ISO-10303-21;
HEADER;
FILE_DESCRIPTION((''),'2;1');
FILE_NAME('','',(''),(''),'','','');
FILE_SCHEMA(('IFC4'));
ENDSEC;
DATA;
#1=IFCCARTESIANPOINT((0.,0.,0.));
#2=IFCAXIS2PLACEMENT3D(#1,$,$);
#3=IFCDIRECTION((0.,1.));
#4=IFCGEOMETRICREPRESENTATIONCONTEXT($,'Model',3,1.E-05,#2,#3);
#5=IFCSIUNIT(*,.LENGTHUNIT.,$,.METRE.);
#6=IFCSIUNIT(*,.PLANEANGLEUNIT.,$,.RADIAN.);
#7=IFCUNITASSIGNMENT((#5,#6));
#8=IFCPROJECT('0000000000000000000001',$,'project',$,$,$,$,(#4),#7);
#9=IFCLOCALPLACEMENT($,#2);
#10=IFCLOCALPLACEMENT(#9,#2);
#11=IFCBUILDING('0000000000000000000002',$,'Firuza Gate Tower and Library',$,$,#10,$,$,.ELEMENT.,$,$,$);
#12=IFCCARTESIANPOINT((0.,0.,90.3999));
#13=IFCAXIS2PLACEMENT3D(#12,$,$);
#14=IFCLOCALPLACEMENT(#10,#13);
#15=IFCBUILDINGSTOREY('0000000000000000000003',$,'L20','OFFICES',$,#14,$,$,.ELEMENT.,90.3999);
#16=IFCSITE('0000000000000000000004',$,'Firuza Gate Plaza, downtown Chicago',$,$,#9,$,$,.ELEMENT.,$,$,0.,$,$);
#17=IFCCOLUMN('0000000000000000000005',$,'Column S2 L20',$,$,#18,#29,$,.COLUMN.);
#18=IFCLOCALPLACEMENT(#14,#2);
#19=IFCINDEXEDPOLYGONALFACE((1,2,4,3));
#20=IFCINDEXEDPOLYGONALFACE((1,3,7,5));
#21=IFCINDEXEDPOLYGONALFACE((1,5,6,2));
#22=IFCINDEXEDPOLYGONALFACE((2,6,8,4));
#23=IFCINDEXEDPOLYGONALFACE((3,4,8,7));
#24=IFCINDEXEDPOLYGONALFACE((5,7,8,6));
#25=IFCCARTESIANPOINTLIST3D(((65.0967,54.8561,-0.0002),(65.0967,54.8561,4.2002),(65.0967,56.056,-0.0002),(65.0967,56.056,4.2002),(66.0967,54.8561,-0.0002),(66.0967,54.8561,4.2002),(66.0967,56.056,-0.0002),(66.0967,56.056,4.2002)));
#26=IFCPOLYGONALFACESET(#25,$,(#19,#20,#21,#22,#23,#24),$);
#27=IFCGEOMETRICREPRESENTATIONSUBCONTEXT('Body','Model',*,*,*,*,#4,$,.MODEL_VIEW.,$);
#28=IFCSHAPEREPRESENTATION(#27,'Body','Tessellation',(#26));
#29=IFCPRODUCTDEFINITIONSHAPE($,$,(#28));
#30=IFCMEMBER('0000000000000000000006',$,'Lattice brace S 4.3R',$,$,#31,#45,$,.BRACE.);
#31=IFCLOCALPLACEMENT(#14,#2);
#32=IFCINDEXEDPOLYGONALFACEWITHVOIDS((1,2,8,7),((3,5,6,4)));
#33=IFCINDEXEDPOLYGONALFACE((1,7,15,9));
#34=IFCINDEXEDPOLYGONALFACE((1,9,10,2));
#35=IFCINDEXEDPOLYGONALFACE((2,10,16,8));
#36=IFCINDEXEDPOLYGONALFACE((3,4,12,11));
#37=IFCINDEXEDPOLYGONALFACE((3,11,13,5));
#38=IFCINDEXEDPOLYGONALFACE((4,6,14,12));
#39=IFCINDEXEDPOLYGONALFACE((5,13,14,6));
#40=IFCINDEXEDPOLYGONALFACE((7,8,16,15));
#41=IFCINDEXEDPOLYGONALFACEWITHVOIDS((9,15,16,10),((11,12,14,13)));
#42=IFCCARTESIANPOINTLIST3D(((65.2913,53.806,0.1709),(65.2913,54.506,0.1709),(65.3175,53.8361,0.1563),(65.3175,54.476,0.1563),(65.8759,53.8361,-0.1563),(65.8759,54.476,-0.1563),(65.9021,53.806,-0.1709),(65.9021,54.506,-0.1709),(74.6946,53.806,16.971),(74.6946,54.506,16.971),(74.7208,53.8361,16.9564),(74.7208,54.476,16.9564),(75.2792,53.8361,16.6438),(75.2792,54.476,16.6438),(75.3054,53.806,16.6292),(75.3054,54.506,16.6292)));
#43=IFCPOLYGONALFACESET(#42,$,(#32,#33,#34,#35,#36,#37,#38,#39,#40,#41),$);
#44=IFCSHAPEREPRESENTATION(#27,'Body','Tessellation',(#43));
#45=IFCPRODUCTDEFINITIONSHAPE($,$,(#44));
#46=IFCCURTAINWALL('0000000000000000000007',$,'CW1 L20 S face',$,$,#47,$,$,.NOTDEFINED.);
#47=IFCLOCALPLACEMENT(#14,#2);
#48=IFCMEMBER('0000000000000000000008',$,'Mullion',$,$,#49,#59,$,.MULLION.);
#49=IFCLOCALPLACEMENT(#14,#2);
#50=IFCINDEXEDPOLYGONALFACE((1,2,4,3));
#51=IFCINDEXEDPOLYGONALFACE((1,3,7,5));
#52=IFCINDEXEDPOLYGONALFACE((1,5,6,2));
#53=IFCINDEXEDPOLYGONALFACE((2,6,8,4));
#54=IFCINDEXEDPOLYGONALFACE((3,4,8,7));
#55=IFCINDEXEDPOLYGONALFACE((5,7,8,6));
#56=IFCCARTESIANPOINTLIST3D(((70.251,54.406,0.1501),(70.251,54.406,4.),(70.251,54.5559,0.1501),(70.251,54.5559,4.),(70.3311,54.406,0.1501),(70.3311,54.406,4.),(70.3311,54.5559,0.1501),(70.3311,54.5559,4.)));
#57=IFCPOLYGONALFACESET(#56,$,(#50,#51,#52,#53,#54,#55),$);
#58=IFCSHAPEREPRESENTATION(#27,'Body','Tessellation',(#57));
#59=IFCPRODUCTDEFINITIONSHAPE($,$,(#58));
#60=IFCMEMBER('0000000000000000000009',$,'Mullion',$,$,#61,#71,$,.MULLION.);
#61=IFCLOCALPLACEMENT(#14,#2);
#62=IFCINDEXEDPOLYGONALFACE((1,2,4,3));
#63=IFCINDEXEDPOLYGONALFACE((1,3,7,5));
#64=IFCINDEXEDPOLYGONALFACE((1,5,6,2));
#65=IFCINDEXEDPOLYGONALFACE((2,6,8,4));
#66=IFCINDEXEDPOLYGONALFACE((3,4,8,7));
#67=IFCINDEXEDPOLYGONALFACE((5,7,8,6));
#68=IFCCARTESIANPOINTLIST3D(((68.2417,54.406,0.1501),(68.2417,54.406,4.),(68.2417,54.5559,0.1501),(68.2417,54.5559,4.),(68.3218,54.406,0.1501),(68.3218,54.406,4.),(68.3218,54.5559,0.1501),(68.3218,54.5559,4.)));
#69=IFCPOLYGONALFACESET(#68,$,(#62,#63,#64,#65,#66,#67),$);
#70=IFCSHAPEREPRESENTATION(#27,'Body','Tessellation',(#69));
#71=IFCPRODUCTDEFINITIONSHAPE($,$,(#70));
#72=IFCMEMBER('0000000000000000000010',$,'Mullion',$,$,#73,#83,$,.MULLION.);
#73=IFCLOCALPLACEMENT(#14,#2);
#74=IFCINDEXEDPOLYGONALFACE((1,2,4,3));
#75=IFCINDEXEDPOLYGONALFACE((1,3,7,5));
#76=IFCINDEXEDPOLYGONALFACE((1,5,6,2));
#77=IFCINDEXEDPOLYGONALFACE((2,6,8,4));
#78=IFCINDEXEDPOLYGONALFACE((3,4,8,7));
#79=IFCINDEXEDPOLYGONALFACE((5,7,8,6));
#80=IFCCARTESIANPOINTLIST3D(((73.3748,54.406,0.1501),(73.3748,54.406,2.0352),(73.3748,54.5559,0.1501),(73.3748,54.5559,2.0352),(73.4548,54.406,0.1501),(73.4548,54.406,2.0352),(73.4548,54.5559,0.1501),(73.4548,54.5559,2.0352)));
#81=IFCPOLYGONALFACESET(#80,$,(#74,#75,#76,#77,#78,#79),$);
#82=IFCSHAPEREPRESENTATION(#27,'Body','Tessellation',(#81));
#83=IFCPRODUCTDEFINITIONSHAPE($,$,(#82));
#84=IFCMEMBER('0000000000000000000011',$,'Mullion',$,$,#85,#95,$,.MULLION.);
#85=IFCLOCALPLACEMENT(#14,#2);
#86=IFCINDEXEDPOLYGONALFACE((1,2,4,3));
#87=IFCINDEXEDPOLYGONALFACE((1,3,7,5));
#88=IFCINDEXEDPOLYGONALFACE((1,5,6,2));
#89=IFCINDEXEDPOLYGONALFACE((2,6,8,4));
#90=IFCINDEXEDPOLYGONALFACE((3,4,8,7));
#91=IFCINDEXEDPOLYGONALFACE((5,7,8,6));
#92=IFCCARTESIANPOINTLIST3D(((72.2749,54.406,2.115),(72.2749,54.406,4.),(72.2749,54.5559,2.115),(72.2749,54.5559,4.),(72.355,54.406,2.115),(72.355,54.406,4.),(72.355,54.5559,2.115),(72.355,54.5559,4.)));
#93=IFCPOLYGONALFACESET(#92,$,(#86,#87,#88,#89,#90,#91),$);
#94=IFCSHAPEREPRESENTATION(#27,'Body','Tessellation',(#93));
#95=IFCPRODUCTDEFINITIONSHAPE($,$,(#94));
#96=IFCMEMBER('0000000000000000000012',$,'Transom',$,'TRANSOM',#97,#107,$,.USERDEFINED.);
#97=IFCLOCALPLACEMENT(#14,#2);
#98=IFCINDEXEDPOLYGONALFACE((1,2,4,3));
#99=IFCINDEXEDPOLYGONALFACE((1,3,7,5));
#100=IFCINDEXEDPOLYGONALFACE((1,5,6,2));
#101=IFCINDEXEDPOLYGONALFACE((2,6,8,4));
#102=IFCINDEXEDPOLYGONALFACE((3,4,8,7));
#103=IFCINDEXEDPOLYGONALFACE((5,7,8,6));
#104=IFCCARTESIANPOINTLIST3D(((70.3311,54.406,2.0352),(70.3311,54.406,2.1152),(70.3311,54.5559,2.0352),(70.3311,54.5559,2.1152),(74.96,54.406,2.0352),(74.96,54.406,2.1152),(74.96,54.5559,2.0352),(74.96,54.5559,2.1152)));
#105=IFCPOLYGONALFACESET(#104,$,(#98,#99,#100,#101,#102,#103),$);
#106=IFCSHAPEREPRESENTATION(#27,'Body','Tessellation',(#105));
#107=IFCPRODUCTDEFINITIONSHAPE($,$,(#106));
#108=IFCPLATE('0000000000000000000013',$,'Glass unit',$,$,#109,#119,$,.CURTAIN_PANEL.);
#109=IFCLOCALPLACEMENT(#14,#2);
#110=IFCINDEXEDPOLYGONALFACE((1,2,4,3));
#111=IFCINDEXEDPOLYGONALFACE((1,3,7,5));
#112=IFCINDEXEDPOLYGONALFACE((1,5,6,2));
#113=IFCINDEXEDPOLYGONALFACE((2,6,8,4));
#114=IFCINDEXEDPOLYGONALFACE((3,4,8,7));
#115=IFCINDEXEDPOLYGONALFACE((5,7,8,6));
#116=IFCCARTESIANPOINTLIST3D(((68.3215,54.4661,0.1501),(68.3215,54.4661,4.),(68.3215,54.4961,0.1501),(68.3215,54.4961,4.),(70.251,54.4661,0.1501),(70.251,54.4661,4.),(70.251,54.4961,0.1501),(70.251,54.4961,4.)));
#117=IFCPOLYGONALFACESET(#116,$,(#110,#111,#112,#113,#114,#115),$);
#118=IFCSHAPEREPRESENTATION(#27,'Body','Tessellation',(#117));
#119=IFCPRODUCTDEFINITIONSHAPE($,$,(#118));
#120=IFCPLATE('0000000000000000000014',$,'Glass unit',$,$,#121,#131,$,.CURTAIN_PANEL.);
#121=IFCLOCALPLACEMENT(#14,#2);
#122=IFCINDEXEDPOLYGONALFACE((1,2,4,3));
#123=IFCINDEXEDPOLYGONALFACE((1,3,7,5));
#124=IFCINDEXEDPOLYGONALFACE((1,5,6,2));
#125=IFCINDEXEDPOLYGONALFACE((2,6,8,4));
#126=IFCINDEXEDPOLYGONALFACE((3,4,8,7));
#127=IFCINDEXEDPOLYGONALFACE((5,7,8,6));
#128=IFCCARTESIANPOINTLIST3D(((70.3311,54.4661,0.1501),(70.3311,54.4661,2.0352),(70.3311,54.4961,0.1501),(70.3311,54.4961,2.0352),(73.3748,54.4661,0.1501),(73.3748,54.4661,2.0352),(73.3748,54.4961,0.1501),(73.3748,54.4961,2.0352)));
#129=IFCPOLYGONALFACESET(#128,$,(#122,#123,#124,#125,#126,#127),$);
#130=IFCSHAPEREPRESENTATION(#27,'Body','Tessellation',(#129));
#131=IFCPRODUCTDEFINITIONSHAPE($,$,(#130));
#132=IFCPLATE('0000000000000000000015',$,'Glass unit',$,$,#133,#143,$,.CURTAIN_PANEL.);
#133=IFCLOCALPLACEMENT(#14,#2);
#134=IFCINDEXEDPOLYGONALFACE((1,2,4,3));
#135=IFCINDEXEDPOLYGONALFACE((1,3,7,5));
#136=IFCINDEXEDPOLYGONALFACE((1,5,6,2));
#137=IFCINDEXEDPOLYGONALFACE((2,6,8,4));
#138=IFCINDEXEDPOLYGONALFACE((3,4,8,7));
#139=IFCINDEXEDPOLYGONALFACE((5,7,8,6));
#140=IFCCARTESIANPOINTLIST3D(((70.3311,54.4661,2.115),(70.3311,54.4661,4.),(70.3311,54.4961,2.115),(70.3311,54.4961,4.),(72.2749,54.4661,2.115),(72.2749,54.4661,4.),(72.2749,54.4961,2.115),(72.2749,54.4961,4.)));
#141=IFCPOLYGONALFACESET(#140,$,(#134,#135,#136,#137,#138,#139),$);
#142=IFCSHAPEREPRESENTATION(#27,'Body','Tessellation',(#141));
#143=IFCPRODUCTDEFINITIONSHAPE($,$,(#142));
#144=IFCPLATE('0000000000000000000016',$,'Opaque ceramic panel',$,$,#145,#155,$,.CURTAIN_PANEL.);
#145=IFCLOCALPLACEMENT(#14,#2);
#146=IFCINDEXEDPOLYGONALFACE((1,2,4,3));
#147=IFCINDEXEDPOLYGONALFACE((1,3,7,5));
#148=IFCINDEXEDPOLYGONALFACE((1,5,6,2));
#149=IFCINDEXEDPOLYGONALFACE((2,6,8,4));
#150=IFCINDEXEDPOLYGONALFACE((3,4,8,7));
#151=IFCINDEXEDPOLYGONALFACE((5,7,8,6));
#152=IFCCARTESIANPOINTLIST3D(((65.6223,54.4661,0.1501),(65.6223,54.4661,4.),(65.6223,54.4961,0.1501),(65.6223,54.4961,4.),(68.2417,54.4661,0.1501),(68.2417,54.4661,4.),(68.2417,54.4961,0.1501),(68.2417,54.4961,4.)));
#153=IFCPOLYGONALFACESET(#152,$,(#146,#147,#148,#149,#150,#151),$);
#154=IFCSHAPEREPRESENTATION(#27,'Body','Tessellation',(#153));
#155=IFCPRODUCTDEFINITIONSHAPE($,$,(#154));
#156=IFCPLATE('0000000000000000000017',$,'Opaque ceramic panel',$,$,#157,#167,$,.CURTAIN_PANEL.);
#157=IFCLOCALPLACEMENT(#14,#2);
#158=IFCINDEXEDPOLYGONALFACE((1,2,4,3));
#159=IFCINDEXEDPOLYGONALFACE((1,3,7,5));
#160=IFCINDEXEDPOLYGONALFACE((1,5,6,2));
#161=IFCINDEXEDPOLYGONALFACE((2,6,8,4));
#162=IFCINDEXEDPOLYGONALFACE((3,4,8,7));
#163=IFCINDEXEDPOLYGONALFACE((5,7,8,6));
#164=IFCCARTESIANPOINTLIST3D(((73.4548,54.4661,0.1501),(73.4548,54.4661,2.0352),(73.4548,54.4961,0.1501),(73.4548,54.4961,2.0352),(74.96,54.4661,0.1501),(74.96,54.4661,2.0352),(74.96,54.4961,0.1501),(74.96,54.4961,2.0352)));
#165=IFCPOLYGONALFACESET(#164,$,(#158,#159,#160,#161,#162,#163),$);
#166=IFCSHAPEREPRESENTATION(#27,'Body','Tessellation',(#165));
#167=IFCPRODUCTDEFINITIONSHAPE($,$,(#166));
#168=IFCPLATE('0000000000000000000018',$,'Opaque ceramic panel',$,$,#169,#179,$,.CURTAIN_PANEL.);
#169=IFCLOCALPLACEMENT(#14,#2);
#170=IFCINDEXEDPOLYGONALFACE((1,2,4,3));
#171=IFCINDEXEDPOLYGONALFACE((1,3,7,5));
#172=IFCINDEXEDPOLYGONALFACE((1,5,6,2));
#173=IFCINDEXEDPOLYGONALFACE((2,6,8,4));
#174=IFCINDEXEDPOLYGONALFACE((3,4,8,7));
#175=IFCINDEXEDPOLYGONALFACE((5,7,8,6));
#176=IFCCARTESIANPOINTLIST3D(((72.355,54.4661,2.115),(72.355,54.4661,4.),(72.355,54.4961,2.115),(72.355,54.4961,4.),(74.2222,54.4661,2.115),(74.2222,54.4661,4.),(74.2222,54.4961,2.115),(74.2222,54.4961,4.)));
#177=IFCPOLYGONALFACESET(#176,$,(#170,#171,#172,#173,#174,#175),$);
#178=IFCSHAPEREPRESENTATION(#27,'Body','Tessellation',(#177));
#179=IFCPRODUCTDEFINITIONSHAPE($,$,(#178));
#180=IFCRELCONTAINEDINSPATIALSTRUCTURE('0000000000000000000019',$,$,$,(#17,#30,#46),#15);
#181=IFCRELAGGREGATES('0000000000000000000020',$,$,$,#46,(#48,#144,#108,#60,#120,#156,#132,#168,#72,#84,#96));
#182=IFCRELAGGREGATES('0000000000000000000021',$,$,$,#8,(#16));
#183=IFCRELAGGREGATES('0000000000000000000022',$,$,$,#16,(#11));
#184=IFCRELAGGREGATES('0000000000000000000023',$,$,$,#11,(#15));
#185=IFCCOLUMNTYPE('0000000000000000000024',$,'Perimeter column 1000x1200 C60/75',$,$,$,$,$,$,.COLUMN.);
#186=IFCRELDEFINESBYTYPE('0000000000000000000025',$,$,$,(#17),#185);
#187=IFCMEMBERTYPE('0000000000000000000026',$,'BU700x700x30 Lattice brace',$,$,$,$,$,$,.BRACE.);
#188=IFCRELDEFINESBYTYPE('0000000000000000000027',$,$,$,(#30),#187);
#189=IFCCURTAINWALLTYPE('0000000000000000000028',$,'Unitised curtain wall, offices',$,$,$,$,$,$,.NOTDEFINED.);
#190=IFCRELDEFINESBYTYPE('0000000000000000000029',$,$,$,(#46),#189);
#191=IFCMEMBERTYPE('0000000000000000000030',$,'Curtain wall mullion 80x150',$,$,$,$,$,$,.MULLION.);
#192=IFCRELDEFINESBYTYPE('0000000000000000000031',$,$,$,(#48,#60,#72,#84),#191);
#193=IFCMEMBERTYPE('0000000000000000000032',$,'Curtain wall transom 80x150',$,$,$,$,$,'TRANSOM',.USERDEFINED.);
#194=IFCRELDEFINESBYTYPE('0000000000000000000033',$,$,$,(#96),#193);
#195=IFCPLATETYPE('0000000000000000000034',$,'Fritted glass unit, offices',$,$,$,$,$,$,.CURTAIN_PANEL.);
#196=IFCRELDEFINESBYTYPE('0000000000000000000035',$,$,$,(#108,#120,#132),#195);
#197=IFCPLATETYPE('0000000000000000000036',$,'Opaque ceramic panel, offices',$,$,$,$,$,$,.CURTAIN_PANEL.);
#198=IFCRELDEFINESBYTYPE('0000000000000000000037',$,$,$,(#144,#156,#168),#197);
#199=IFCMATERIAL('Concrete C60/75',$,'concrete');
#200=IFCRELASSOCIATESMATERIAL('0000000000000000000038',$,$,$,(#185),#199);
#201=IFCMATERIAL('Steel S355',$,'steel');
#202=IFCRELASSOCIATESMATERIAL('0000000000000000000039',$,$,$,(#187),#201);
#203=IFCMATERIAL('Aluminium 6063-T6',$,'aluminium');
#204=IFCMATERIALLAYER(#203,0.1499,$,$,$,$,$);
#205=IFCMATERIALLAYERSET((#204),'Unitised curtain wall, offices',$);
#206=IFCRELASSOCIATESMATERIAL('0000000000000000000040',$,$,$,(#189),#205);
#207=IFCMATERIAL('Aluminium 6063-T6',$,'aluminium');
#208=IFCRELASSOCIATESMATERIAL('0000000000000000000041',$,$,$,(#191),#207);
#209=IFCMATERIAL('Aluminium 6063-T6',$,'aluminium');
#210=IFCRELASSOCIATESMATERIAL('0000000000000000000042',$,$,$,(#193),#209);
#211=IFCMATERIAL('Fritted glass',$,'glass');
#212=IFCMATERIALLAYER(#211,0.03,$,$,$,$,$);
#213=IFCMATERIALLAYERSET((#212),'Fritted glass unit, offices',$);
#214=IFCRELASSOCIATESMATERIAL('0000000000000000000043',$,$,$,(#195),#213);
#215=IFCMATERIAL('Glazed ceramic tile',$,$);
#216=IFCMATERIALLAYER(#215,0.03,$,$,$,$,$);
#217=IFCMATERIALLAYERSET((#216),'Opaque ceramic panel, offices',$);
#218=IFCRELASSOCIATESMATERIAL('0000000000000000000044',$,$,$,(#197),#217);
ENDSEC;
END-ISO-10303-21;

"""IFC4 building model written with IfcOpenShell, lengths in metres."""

from ifc_helpers import new_model, si_unit, direction, frame, origin, origin_2d, place, context, subcontext, project, spatial, polyline, rectangle, hollow_rectangle, outline, extrude, material, layer, layer_set, material_profile, profile_set, type_object, element, aggregate, save


model = new_model("IFC4")

# Units and contexts
model_context = context("Model", 3, precision=1e-05, world=origin(), true_north=direction((0.0, 1.0)))
body_context = subcontext(model_context, "Body", "Model", "MODEL_VIEW")
ifc_project = project(units=[si_unit("LENGTHUNIT", "METRE"), si_unit("PLANEANGLEUNIT", "RADIAN")], contexts=[model_context])

# Site, building, storey
site_placement = place(None, origin())
site = spatial("IfcSite", under=ifc_project, at=site_placement, Name="Firuza Gate Plaza, downtown Chicago", CompositionType="ELEMENT", RefElevation=0.0)
building_placement = place(site_placement, origin())
building = spatial("IfcBuilding", under=site, at=building_placement, Name="Firuza Gate Tower and Library", CompositionType="ELEMENT")
storey_placement = place(building_placement, frame((0.0, 0.0, 90.3999)))
storey = spatial("IfcBuildingStorey", under=building, at=storey_placement, Name="L20", Description="OFFICES", CompositionType="ELEMENT", Elevation=90.3999)

# Column
ifc_material_1 = material(Name="Concrete C60/75", Category="concrete")
ifc_material_profile_1 = material_profile(ifc_material_1, rectangle(XDim=1.0, YDim=1.2, at=origin_2d()))
ifc_profile_set_1 = profile_set([ifc_material_profile_1], Name="Concrete C60/75")
column_type = type_object("IfcColumnType", Name="Perimeter column 1000x1200 C60/75", PredefinedType="COLUMN", material=ifc_profile_set_1)
column_placement = place(storey_placement, frame((65.5967, 55.4561, -0.0002), z_axis=(0.0, 0.0, 1.0), x_axis=(1.0, 0.0, 0.0)))
element("IfcColumn", 1, at=column_placement, inside=storey, type_object=column_type, Name="Column S2 L20", PredefinedType="COLUMN", context=body_context, shape_type="SweptSolid", body=[
    extrude(rectangle(XDim=1.0, YDim=1.2, at=origin_2d()), origin(), (0.0, 0.0, 1.0), 4.2004),
])

# Member
ifc_material_2 = material(Name="Steel S355", Category="steel")
ifc_material_profile_2 = material_profile(ifc_material_2, hollow_rectangle(XDim=0.7, YDim=0.7, WallThickness=0.03, at=origin_2d()))
ifc_profile_set_2 = profile_set([ifc_material_profile_2], Name="Steel S355")
member_type_1 = type_object("IfcMemberType", Name="BU700x700x30 Lattice brace", PredefinedType="BRACE", material=ifc_profile_set_2)
member_1_placement = place(storey_placement, frame((65.5967, 54.156, 0.0), z_axis=(0.488417, 0.0, 0.87261), x_axis=(0.0, 1.0, 0.0)))
element("IfcMember", 2, at=member_1_placement, inside=storey, type_object=member_type_1, Name="Lattice brace S 4.3R", PredefinedType="BRACE", context=body_context, shape_type="SweptSolid", body=[
    extrude(hollow_rectangle(XDim=0.7, YDim=0.7, WallThickness=0.03, at=origin_2d()), origin(), (0.0, 0.0, 1.0), 19.2527),
])

# Curtain wall, members, plates
ifc_material_3 = material(Name="Aluminium 6063-T6", Category="aluminium")
ifc_layer_1 = layer(ifc_material_3, 0.1499)
ifc_layer_set_1 = layer_set([ifc_layer_1], Name="Unitised curtain wall, offices")
curtain_wall_type = type_object("IfcCurtainWallType", Name="Unitised curtain wall, offices", PredefinedType="NOTDEFINED", material=ifc_layer_set_1)
curtain_wall_placement = place(storey_placement, origin())
curtain_wall = element("IfcCurtainWall", 3, at=curtain_wall_placement, inside=storey, type_object=curtain_wall_type, Name="CW1 L20 S face", PredefinedType="NOTDEFINED")
ifc_material_4 = material(Name="Aluminium 6063-T6", Category="aluminium")
ifc_material_profile_3 = material_profile(ifc_material_4, rectangle(XDim=0.1499, YDim=0.0801, at=origin_2d()))
ifc_profile_set_3 = profile_set([ifc_material_profile_3], Name="Aluminium 6063-T6")
member_type_2 = type_object("IfcMemberType", Name="Curtain wall mullion 80x150", PredefinedType="MULLION", material=ifc_profile_set_3)
member_2_placement = place(storey_placement, frame((70.291, 54.481, 0.1501), z_axis=(0.0, 0.0, 1.0), x_axis=(0.0, 1.0, 0.0)))
member_2 = element("IfcMember", 4, at=member_2_placement, type_object=member_type_2, Name="Mullion", PredefinedType="MULLION", context=body_context, shape_type="SweptSolid", body=[
    extrude(rectangle(XDim=0.1499, YDim=0.0801, at=origin_2d()), origin(), (0.0, 0.0, 1.0), 3.8499),
])
member_3_placement = place(storey_placement, frame((68.2817, 54.481, 0.1501), z_axis=(0.0, 0.0, 1.0), x_axis=(0.0, 1.0, 0.0)))
member_3 = element("IfcMember", 5, at=member_3_placement, type_object=member_type_2, Name="Mullion", PredefinedType="MULLION", context=body_context, shape_type="SweptSolid", body=[
    extrude(rectangle(XDim=0.1499, YDim=0.0801, at=origin_2d()), origin(), (0.0, 0.0, 1.0), 3.8499),
])
member_4_placement = place(storey_placement, frame((73.4148, 54.481, 0.1501), z_axis=(0.0, 0.0, 1.0), x_axis=(0.0, 1.0, 0.0)))
member_4 = element("IfcMember", 6, at=member_4_placement, type_object=member_type_2, Name="Mullion", PredefinedType="MULLION", context=body_context, shape_type="SweptSolid", body=[
    extrude(rectangle(XDim=0.1499, YDim=0.0801, at=origin_2d()), origin(), (0.0, 0.0, 1.0), 1.885),
])
member_5_placement = place(storey_placement, frame((72.3149, 54.481, 2.115), z_axis=(0.0, 0.0, 1.0), x_axis=(0.0, 1.0, 0.0)))
member_5 = element("IfcMember", 7, at=member_5_placement, type_object=member_type_2, Name="Mullion", PredefinedType="MULLION", context=body_context, shape_type="SweptSolid", body=[
    extrude(rectangle(XDim=0.1499, YDim=0.0801, at=origin_2d()), origin(), (0.0, 0.0, 1.0), 1.885),
])
ifc_material_5 = material(Name="Aluminium 6063-T6", Category="aluminium")
ifc_material_profile_4 = material_profile(ifc_material_5, rectangle(XDim=0.1499, YDim=0.0801, at=origin_2d()))
ifc_profile_set_4 = profile_set([ifc_material_profile_4], Name="Aluminium 6063-T6")
member_type_3 = type_object("IfcMemberType", Name="Curtain wall transom 80x150", ElementType="TRANSOM", PredefinedType="USERDEFINED", material=ifc_profile_set_4)
member_6_placement = place(storey_placement, frame((70.3311, 54.481, 2.0752), z_axis=(1.0, 0.0, 0.0), x_axis=(0.0, 1.0, 0.0)))
member_6 = element("IfcMember", 8, at=member_6_placement, type_object=member_type_3, Name="Transom", ObjectType="TRANSOM", PredefinedType="USERDEFINED", context=body_context, shape_type="SweptSolid", body=[
    extrude(rectangle(XDim=0.1499, YDim=0.0801, at=origin_2d()), origin(), (0.0, 0.0, 1.0), 4.6289),
])
ifc_material_6 = material(Name="Fritted glass", Category="glass")
ifc_layer_2 = layer(ifc_material_6, 0.03)
ifc_layer_set_2 = layer_set([ifc_layer_2], Name="Fritted glass unit, offices")
plate_type_1 = type_object("IfcPlateType", Name="Fritted glass unit, offices", PredefinedType="CURTAIN_PANEL", material=ifc_layer_set_2)
plate_1_placement = place(storey_placement, frame((68.3215, 54.4661, 0.1501), z_axis=(0.0, -1.0, 0.0), x_axis=(1.0, 0.0, 0.0)))
plate_1 = element("IfcPlate", 9, at=plate_1_placement, type_object=plate_type_1, Name="Glass unit", PredefinedType="CURTAIN_PANEL", context=body_context, shape_type="SweptSolid", body=[
    extrude(outline(polyline([(0.0, 0.0), (1.9294, 0.0), (1.9294, 3.8499), (0.0, 3.8499), (0.0, 0.0)])), origin(), (0.0, 0.0, -1.0), 0.03),
])
plate_2_placement = place(storey_placement, frame((70.3311, 54.4661, 0.1501), z_axis=(0.0, -1.0, 0.0), x_axis=(1.0, 0.0, 0.0)))
plate_2 = element("IfcPlate", 10, at=plate_2_placement, type_object=plate_type_1, Name="Glass unit", PredefinedType="CURTAIN_PANEL", context=body_context, shape_type="SweptSolid", body=[
    extrude(outline(polyline([(0.0, 0.0), (3.0437, 0.0), (3.0437, 1.885), (0.0, 1.885), (0.0, 0.0)])), origin(), (0.0, 0.0, -1.0), 0.03),
])
plate_3_placement = place(storey_placement, frame((70.3311, 54.4661, 2.115), z_axis=(0.0, -1.0, 0.0), x_axis=(1.0, 0.0, 0.0)))
plate_3 = element("IfcPlate", 11, at=plate_3_placement, type_object=plate_type_1, Name="Glass unit", PredefinedType="CURTAIN_PANEL", context=body_context, shape_type="SweptSolid", body=[
    extrude(outline(polyline([(0.0, 0.0), (1.9438, 0.0), (1.9438, 1.885), (0.0, 1.885), (0.0, 0.0)])), origin(), (0.0, 0.0, -1.0), 0.03),
])
ifc_material_7 = material(Name="Glazed ceramic tile")
ifc_layer_3 = layer(ifc_material_7, 0.03)
ifc_layer_set_3 = layer_set([ifc_layer_3], Name="Opaque ceramic panel, offices")
plate_type_2 = type_object("IfcPlateType", Name="Opaque ceramic panel, offices", PredefinedType="CURTAIN_PANEL", material=ifc_layer_set_3)
plate_4_placement = place(storey_placement, frame((65.6223, 54.4661, 0.1501), z_axis=(0.0, -1.0, 0.0), x_axis=(1.0, 0.0, 0.0)))
plate_4 = element("IfcPlate", 12, at=plate_4_placement, type_object=plate_type_2, Name="Opaque ceramic panel", PredefinedType="CURTAIN_PANEL", context=body_context, shape_type="SweptSolid", body=[
    extrude(outline(polyline([(0.0, 0.0), (2.6194, 0.0), (2.6194, 3.8499), (0.0, 3.8499), (0.0, 0.0)])), origin(), (0.0, 0.0, -1.0), 0.03),
])
plate_5_placement = place(storey_placement, frame((73.4548, 54.4661, 0.1501), z_axis=(0.0, -1.0, 0.0), x_axis=(1.0, 0.0, 0.0)))
plate_5 = element("IfcPlate", 13, at=plate_5_placement, type_object=plate_type_2, Name="Opaque ceramic panel", PredefinedType="CURTAIN_PANEL", context=body_context, shape_type="SweptSolid", body=[
    extrude(outline(polyline([(0.0, 0.0), (1.5051, 0.0), (1.5051, 1.885), (0.0, 1.885), (0.0, 0.0)])), origin(), (0.0, 0.0, -1.0), 0.03),
])
plate_6_placement = place(storey_placement, frame((72.355, 54.4661, 2.115), z_axis=(0.0, -1.0, 0.0), x_axis=(1.0, 0.0, 0.0)))
plate_6 = element("IfcPlate", 14, at=plate_6_placement, type_object=plate_type_2, Name="Opaque ceramic panel", PredefinedType="CURTAIN_PANEL", context=body_context, shape_type="SweptSolid", body=[
    extrude(outline(polyline([(0.0, 0.0), (1.8672, 0.0), (1.8672, 1.885), (0.0, 1.885), (0.0, 0.0)])), origin(), (0.0, 0.0, -1.0), 0.03),
])
aggregate(curtain_wall, [member_2, plate_4, plate_1, member_3, plate_2, plate_5, plate_3, plate_6, member_4, member_5, member_6])

save(model, "model.ifc")
